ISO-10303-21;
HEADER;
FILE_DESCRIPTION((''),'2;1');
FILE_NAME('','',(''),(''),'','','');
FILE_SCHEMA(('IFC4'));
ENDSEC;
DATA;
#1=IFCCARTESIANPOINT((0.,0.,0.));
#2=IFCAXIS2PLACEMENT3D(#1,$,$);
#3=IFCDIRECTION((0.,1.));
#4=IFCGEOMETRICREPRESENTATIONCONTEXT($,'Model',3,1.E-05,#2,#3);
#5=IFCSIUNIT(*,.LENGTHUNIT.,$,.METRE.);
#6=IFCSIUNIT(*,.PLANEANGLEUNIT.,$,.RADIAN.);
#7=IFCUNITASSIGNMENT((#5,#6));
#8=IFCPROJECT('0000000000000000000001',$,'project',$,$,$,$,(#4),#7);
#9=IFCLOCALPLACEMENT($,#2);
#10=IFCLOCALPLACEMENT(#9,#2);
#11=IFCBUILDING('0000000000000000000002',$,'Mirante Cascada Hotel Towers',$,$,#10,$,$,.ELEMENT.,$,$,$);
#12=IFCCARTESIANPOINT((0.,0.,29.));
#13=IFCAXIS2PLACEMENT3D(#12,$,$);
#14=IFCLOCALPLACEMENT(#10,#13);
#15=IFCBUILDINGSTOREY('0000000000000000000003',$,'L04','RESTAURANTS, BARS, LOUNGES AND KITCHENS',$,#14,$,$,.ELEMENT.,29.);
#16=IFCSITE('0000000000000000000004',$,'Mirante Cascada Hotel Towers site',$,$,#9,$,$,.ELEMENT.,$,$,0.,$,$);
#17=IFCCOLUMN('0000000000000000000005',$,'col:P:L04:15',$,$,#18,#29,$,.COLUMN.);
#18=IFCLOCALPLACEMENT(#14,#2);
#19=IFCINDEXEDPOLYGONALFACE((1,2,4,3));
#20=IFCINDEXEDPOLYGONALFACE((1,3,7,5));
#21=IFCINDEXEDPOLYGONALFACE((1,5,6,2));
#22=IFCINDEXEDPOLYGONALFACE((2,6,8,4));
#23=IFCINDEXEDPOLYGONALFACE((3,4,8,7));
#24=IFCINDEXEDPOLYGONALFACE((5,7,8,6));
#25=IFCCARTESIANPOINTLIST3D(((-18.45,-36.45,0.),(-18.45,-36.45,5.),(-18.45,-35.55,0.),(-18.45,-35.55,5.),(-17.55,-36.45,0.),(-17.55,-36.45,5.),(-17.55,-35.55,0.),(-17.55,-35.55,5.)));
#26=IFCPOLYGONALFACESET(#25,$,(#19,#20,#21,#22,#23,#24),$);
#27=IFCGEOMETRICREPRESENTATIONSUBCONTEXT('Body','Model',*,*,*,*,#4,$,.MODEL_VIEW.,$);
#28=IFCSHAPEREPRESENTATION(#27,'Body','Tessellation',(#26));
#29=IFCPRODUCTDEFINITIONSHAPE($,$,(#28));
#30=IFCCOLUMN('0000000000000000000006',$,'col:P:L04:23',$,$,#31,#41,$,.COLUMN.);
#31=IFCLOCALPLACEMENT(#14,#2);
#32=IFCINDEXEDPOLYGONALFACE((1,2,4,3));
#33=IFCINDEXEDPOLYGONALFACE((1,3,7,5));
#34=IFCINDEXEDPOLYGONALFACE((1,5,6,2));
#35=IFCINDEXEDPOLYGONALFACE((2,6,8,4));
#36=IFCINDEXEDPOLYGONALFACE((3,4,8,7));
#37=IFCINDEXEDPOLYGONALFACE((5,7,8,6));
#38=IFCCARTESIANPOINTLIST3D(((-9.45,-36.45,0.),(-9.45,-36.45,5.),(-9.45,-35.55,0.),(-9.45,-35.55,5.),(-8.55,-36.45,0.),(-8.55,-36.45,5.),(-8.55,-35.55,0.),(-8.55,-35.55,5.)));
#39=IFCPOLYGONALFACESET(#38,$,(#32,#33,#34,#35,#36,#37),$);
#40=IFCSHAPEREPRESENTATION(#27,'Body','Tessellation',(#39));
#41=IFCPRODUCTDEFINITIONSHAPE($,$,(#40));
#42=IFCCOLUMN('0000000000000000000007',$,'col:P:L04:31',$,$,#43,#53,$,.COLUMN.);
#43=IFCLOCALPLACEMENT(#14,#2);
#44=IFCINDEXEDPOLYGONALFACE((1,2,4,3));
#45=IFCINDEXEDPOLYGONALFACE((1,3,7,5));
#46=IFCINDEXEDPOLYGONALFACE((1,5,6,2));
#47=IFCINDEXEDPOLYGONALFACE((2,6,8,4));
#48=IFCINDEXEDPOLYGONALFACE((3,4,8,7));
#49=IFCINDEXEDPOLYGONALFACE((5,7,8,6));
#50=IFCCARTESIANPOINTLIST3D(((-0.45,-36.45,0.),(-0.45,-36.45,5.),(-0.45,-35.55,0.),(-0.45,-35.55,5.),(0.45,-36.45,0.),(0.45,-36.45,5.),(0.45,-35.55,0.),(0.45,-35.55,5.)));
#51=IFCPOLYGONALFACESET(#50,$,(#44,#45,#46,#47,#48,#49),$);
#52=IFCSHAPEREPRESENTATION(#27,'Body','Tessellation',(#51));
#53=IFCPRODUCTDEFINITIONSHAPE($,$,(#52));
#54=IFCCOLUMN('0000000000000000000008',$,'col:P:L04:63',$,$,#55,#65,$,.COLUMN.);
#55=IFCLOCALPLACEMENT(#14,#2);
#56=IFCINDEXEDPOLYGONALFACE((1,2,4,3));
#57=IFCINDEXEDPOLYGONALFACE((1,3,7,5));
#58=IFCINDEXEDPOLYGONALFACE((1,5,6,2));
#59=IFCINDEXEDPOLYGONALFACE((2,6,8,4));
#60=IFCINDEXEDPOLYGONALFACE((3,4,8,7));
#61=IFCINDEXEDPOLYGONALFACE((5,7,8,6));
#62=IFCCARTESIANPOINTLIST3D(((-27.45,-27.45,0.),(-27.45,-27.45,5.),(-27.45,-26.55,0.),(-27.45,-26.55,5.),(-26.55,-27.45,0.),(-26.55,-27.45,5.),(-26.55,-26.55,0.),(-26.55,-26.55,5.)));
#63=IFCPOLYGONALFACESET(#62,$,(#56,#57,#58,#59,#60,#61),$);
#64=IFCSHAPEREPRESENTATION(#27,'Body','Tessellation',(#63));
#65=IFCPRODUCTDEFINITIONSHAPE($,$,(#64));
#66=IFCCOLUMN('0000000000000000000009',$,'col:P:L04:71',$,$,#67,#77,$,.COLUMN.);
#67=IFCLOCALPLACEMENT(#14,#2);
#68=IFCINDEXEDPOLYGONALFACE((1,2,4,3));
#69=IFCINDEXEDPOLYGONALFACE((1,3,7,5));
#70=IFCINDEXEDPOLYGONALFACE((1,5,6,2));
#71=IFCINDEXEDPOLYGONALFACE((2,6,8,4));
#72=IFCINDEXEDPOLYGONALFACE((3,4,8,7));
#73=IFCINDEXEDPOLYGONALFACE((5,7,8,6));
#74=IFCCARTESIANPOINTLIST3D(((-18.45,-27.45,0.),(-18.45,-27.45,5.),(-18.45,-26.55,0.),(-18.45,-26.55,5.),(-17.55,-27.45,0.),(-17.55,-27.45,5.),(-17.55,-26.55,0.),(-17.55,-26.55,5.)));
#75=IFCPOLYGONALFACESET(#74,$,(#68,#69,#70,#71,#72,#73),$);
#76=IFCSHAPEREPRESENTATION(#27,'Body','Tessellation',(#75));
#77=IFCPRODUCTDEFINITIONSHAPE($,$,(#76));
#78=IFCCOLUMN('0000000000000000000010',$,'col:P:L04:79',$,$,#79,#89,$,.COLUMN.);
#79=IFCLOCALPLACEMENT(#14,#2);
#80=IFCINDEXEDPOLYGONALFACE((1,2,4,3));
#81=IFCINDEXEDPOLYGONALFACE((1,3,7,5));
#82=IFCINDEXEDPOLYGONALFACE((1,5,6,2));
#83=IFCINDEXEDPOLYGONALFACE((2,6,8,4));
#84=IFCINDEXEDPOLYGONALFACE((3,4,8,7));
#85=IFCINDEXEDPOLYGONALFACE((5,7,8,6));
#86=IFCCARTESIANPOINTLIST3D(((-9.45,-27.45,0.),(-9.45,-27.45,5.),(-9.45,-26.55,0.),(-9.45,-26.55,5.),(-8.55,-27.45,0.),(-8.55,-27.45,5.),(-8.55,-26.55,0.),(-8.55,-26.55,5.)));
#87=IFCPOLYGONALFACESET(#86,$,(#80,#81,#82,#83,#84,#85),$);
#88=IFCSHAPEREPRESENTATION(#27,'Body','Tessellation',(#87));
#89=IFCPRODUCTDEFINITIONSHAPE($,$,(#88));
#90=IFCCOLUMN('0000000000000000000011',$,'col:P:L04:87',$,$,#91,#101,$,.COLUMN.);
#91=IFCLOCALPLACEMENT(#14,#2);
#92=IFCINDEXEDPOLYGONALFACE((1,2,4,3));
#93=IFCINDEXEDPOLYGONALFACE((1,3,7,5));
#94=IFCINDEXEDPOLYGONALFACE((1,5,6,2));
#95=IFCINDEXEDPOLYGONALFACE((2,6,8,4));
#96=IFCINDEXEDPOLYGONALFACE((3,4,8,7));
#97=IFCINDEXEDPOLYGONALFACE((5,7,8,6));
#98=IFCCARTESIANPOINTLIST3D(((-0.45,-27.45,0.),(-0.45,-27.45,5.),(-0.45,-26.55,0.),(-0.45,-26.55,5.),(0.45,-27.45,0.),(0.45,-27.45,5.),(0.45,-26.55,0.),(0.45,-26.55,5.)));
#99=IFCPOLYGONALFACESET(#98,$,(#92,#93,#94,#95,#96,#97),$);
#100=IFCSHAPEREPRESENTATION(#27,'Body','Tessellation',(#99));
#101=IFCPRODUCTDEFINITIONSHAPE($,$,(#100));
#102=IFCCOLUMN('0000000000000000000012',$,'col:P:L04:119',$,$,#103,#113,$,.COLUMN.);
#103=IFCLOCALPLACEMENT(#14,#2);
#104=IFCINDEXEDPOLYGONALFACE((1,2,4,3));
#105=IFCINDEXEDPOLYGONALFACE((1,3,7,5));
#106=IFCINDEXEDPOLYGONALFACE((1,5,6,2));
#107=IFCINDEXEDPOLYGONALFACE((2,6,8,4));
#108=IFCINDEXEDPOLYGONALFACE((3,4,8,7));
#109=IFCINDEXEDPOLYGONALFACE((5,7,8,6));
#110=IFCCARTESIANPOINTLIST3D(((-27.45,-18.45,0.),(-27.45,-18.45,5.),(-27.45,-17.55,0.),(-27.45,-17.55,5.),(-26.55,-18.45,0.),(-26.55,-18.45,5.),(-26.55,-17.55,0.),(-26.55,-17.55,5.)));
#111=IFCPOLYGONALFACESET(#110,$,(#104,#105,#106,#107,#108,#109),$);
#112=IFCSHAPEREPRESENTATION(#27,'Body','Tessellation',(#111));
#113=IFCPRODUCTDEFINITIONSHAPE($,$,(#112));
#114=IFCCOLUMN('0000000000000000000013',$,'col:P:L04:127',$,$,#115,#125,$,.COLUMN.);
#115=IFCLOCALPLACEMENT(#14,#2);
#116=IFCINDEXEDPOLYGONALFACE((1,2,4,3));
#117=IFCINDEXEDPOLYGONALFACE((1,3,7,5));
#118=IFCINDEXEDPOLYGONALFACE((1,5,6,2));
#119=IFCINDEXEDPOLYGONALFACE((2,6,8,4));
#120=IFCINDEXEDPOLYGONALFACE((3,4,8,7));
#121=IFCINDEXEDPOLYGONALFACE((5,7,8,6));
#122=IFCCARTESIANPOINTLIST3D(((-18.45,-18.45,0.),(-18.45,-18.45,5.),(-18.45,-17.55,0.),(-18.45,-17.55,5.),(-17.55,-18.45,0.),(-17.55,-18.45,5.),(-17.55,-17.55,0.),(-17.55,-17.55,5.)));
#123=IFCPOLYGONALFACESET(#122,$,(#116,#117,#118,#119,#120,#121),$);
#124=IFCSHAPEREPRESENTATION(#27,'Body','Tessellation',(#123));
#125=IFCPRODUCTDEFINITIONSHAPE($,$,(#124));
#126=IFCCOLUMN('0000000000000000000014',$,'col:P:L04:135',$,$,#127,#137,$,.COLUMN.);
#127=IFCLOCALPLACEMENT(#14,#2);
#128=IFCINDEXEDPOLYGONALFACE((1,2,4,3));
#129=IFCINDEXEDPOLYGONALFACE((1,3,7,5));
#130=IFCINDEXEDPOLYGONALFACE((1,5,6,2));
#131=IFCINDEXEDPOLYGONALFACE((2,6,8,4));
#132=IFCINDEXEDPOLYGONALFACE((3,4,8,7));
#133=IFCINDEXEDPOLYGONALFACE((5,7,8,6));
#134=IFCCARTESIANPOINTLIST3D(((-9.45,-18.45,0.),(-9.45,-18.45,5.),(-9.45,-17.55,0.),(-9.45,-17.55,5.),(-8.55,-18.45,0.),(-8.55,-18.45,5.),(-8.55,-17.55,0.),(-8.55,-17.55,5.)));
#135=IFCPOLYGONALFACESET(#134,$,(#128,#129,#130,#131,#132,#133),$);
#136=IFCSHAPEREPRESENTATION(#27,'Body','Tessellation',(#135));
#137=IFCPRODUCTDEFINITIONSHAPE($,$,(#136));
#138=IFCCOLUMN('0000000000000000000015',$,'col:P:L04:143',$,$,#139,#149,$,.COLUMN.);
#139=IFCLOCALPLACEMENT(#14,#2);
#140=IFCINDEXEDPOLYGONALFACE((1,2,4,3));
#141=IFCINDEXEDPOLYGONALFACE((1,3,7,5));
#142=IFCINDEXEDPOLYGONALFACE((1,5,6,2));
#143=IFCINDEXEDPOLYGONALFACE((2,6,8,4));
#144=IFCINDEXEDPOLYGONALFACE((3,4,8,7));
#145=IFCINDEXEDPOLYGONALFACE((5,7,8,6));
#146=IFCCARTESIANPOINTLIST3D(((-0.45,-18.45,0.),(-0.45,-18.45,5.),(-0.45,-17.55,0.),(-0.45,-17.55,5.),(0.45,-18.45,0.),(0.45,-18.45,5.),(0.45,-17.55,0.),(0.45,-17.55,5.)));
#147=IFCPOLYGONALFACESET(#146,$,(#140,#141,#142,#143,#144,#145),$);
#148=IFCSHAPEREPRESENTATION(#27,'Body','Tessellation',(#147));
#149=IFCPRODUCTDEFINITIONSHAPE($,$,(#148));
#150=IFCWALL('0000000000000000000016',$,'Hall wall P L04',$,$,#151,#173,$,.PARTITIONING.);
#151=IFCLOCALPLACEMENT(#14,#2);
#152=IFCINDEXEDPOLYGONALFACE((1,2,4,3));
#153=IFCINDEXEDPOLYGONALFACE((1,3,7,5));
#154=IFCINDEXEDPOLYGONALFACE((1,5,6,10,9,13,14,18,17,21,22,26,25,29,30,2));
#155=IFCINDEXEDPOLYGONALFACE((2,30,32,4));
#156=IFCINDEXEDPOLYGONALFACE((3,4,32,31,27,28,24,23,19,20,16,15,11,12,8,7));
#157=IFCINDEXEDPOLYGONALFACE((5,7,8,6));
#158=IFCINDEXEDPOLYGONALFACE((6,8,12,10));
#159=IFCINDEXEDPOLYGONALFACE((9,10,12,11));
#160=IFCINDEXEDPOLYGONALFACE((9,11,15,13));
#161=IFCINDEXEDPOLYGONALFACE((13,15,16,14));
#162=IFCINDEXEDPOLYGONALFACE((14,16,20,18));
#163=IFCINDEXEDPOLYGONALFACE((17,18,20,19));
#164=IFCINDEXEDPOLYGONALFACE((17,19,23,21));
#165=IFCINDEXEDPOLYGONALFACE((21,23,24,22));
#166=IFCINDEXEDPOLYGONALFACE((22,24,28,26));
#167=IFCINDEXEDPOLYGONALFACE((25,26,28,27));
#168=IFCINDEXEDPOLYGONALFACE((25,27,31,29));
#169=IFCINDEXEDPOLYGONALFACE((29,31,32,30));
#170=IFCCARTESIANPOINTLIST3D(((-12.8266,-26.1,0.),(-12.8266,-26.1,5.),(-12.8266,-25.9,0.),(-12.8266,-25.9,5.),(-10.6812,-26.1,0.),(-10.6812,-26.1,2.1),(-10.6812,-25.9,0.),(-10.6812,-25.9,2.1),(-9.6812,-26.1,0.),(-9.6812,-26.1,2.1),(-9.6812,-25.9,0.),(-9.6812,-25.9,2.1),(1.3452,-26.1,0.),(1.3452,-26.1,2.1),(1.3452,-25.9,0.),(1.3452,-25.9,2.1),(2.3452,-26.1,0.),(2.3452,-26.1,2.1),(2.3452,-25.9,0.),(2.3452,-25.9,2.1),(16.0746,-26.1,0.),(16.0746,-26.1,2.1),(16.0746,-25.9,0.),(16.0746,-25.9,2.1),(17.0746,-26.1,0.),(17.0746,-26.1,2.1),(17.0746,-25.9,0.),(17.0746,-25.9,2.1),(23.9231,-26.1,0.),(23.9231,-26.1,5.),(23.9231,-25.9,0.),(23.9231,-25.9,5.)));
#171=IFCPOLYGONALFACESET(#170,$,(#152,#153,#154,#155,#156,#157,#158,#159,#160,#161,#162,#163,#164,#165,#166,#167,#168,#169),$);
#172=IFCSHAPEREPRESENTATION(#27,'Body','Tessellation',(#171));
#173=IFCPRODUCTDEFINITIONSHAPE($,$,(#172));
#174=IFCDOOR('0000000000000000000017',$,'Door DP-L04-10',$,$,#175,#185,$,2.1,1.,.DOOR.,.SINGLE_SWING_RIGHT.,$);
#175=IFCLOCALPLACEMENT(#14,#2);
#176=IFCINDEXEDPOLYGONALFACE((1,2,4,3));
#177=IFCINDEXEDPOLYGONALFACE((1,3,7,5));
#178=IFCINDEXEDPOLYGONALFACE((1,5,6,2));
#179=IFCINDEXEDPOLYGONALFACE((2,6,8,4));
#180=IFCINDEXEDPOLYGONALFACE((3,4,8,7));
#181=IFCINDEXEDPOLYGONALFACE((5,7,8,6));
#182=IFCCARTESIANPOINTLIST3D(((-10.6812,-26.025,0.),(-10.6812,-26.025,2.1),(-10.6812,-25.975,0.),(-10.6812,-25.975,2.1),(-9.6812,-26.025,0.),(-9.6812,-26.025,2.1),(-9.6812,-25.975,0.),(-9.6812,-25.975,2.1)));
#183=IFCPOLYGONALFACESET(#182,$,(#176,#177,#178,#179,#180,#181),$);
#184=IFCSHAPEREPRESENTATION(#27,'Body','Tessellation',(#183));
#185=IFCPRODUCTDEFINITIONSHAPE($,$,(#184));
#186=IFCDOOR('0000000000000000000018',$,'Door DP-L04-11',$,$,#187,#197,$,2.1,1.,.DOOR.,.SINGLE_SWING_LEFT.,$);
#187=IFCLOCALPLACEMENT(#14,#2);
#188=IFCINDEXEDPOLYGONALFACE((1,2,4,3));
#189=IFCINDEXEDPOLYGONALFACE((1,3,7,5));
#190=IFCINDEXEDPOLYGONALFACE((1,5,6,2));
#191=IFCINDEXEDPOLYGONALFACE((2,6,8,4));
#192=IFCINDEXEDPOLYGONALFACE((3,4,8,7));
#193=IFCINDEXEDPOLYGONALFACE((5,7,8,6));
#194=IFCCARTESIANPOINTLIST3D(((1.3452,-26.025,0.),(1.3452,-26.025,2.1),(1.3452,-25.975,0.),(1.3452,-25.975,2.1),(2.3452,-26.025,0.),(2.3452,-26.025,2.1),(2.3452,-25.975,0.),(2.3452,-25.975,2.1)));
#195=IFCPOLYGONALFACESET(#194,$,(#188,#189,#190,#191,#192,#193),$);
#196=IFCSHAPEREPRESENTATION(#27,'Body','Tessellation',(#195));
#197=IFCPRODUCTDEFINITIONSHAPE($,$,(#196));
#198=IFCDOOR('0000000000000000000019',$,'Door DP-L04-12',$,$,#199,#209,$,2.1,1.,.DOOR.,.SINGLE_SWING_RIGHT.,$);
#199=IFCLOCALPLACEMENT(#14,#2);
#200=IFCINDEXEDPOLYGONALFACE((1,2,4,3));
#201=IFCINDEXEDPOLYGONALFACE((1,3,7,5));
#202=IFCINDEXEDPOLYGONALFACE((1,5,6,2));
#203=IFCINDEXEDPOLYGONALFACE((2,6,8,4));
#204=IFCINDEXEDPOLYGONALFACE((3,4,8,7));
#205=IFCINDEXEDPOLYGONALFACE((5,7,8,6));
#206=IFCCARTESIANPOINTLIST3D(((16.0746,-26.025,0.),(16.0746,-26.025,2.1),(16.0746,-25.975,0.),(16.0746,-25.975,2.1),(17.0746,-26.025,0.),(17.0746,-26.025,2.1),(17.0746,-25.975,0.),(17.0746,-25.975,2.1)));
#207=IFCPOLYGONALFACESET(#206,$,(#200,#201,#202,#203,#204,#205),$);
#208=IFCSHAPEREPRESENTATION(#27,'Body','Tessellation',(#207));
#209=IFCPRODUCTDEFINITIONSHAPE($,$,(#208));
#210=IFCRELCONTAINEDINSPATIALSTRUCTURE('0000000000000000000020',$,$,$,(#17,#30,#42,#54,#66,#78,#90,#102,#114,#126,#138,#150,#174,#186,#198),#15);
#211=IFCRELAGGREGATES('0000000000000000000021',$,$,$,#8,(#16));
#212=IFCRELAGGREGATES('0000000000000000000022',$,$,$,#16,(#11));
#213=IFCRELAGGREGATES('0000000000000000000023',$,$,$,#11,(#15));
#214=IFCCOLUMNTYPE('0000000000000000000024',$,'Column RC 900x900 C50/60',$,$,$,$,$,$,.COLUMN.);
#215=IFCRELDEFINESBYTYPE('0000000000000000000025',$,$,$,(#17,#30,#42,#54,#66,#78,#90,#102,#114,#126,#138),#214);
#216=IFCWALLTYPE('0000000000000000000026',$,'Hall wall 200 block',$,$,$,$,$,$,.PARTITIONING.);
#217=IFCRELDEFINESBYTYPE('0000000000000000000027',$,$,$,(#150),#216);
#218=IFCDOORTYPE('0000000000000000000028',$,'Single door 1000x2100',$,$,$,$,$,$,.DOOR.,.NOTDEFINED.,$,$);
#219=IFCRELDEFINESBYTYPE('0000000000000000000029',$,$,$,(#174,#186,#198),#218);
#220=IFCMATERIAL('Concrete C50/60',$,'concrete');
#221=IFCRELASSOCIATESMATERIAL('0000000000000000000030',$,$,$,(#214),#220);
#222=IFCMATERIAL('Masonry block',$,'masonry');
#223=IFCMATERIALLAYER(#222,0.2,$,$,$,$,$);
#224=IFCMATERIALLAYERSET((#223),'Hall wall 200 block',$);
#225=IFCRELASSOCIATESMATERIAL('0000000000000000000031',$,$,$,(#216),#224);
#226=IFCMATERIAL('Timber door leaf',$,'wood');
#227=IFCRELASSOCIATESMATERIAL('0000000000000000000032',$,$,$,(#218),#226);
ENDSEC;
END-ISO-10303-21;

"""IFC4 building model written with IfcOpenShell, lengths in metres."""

from ifc_helpers import new_model, si_unit, direction, frame, frame_2d, origin, origin_2d, place, context, subcontext, project, spatial, rectangle, extrude, material, layer, layer_set, material_profile, profile_set, type_object, element, fill, save


model = new_model("IFC4")

# Units and contexts
model_context = context("Model", 3, precision=1e-05, world=origin(), true_north=direction((0.0, 1.0)))
body_context = subcontext(model_context, "Body", "Model", "MODEL_VIEW")
ifc_project = project(units=[si_unit("LENGTHUNIT", "METRE"), si_unit("PLANEANGLEUNIT", "RADIAN")], contexts=[model_context])

# Site, building, storey
site_placement = place(None, origin())
site = spatial("IfcSite", under=ifc_project, at=site_placement, Name="Mirante Cascada Hotel Towers site", CompositionType="ELEMENT", RefElevation=0.0)
building_placement = place(site_placement, origin())
building = spatial("IfcBuilding", under=site, at=building_placement, Name="Mirante Cascada Hotel Towers", CompositionType="ELEMENT")
storey_placement = place(building_placement, frame((0.0, 0.0, 29.0)))
storey = spatial("IfcBuildingStorey", under=building, at=storey_placement, Name="L04", Description="RESTAURANTS, BARS, LOUNGES AND KITCHENS", CompositionType="ELEMENT", Elevation=29.0)

# Columns
ifc_material_1 = material(Name="Concrete C50/60", Category="concrete")
ifc_material_profile = material_profile(ifc_material_1, rectangle(XDim=0.9, YDim=0.9, at=origin_2d()), Name="RC 900x900")
ifc_profile_set = profile_set([ifc_material_profile], Name="Concrete C50/60")
column_type = type_object("IfcColumnType", Name="Column RC 900x900 C50/60", PredefinedType="COLUMN", material=ifc_profile_set)
for number, where, z_axis, x_axis, name in (
    (1, (-18.0, -36.0, 0.0), (0.0, 0.0, 1.0), (1.0, 0.0, 0.0), "col:P:L04:15"),
    (2, (-9.0, -36.0, 0.0), (0.0, 0.0, 1.0), (1.0, 0.0, 0.0), "col:P:L04:23"),
    (3, (0.0, -36.0, 0.0), (0.0, 0.0, 1.0), (1.0, 0.0, 0.0), "col:P:L04:31"),
    (4, (-27.0, -27.0, 0.0), (0.0, 0.0, 1.0), (1.0, 0.0, 0.0), "col:P:L04:63"),
    (5, (-18.0, -27.0, 0.0), (0.0, 0.0, 1.0), (1.0, 0.0, 0.0), "col:P:L04:71"),
    (6, (-9.0, -27.0, 0.0), (0.0, 0.0, 1.0), (1.0, 0.0, 0.0), "col:P:L04:79"),
    (7, (0.0, -27.0, 0.0), (0.0, 0.0, 1.0), (1.0, 0.0, 0.0), "col:P:L04:87"),
    (8, (-27.0, -18.0, 0.0), (0.0, 0.0, 1.0), (1.0, 0.0, 0.0), "col:P:L04:119"),
    (9, (-18.0, -18.0, 0.0), (0.0, 0.0, 1.0), (1.0, 0.0, 0.0), "col:P:L04:127"),
    (10, (-9.0, -18.0, 0.0), (0.0, 0.0, 1.0), (1.0, 0.0, 0.0), "col:P:L04:135"),
    (11, (0.0, -18.0, 0.0), (0.0, 0.0, 1.0), (1.0, 0.0, 0.0), "col:P:L04:143"),
):
    element("IfcColumn", number, at=place(storey_placement, frame(where, z_axis=z_axis, x_axis=x_axis)), inside=storey, type_object=column_type, Name=name, PredefinedType="COLUMN", context=body_context, shape_type="SweptSolid", body=[
        extrude(rectangle(XDim=0.9, YDim=0.9, at=origin_2d()), origin(), (0.0, 0.0, 1.0), 5.0),
    ])

# Wall, openings, doors
ifc_material_2 = material(Name="Masonry block", Category="masonry")
ifc_layer_1 = layer(ifc_material_2, 0.2)
ifc_layer_set_1 = layer_set([ifc_layer_1], Name="Hall wall 200 block")
wall_type_1 = type_object("IfcWallType", Name="Hall wall 200 block", PredefinedType="PARTITIONING", material=ifc_layer_set_1)
wall_1_placement = place(storey_placement, frame((-12.8266, -26.0, 0.0), z_axis=(0.0, 0.0, 1.0), x_axis=(1.0, 0.0, 0.0)))
wall_1 = element("IfcWall", 12, at=wall_1_placement, inside=storey, type_object=wall_type_1, Name="Hall wall P L04", PredefinedType="PARTITIONING", context=body_context, shape_type="SweptSolid", body=[
    extrude(rectangle(XDim=36.7497, YDim=0.2, at=frame_2d((18.3748, 0.0))), origin(), (0.0, 0.0, 1.0), 5.0),
])
opening_1_placement = place(wall_1_placement, frame((2.1454, 0.0, 0.0)))
opening_1 = element("IfcOpeningElement", 13, at=opening_1_placement, cuts=wall_1, PredefinedType="OPENING", context=body_context, shape_type="SweptSolid", body=[
    extrude(rectangle(XDim=1.0, YDim=2.1, at=frame_2d((0.5, 1.05))), frame((0.0, 0.1, 0.0), z_axis=(0.0, -1.0, 0.0), x_axis=(1.0, 0.0, 0.0)), (0.0, 0.0, 1.0), 0.2),
])
opening_2_placement = place(wall_1_placement, frame((14.1718, 0.0, 0.0)))
opening_2 = element("IfcOpeningElement", 14, at=opening_2_placement, cuts=wall_1, PredefinedType="OPENING", context=body_context, shape_type="SweptSolid", body=[
    extrude(rectangle(XDim=1.0, YDim=2.1, at=frame_2d((0.5, 1.05))), frame((0.0, 0.1, 0.0), z_axis=(0.0, -1.0, 0.0), x_axis=(1.0, 0.0, 0.0)), (0.0, 0.0, 1.0), 0.2),
])
opening_3_placement = place(wall_1_placement, frame((28.9012, 0.0, 0.0)))
opening_3 = element("IfcOpeningElement", 15, at=opening_3_placement, cuts=wall_1, PredefinedType="OPENING", context=body_context, shape_type="SweptSolid", body=[
    extrude(rectangle(XDim=1.0, YDim=2.1, at=frame_2d((0.5, 1.05))), frame((0.0, 0.1, 0.0), z_axis=(0.0, -1.0, 0.0), x_axis=(1.0, 0.0, 0.0)), (0.0, 0.0, 1.0), 0.2),
])
ifc_material_3 = material(Name="Timber door leaf", Category="wood")
door_type_1 = type_object("IfcDoorType", Name="Single door 1000x2100", OperationType="NOTDEFINED", PredefinedType="DOOR", material=ifc_material_3)
door_1_placement = place(opening_1_placement, frame((1.0, 0.0, 0.0), z_axis=(0.0, 0.0, 1.0), x_axis=(-1.0, 0.0, 0.0)))
door_1 = element("IfcDoor", 16, at=door_1_placement, inside=storey, type_object=door_type_1, Name="Door DP-L04-10", OperationType="SINGLE_SWING_RIGHT", OverallHeight=2.1, OverallWidth=1.0, PredefinedType="DOOR", context=body_context, shape_type="SweptSolid", body=[
    extrude(rectangle(XDim=1.0, YDim=2.1, at=frame_2d((0.5, 1.05))), frame((0.0, 0.025, 0.0), z_axis=(0.0, -1.0, 0.0), x_axis=(1.0, 0.0, 0.0)), (0.0, 0.0, 1.0), 0.05),
])
fill(opening_1, door_1)
door_2_placement = place(opening_2_placement, origin())
door_2 = element("IfcDoor", 17, at=door_2_placement, inside=storey, type_object=door_type_1, Name="Door DP-L04-11", OperationType="SINGLE_SWING_LEFT", OverallHeight=2.1, OverallWidth=1.0, PredefinedType="DOOR", context=body_context, shape_type="SweptSolid", body=[
    extrude(rectangle(XDim=1.0, YDim=2.1, at=frame_2d((0.5, 1.05))), frame((0.0, 0.025, 0.0), z_axis=(0.0, -1.0, 0.0), x_axis=(1.0, 0.0, 0.0)), (0.0, 0.0, 1.0), 0.05),
])
fill(opening_2, door_2)
door_3_placement = place(opening_3_placement, origin())
door_3 = element("IfcDoor", 18, at=door_3_placement, inside=storey, type_object=door_type_1, Name="Door DP-L04-12", OperationType="SINGLE_SWING_RIGHT", OverallHeight=2.1, OverallWidth=1.0, PredefinedType="DOOR", context=body_context, shape_type="SweptSolid", body=[
    extrude(rectangle(XDim=1.0, YDim=2.1, at=frame_2d((0.5, 1.05))), frame((0.0, 0.025, 0.0), z_axis=(0.0, -1.0, 0.0), x_axis=(1.0, 0.0, 0.0)), (0.0, 0.0, 1.0), 0.05),
])
fill(opening_3, door_3)

save(model, "model.ifc")
